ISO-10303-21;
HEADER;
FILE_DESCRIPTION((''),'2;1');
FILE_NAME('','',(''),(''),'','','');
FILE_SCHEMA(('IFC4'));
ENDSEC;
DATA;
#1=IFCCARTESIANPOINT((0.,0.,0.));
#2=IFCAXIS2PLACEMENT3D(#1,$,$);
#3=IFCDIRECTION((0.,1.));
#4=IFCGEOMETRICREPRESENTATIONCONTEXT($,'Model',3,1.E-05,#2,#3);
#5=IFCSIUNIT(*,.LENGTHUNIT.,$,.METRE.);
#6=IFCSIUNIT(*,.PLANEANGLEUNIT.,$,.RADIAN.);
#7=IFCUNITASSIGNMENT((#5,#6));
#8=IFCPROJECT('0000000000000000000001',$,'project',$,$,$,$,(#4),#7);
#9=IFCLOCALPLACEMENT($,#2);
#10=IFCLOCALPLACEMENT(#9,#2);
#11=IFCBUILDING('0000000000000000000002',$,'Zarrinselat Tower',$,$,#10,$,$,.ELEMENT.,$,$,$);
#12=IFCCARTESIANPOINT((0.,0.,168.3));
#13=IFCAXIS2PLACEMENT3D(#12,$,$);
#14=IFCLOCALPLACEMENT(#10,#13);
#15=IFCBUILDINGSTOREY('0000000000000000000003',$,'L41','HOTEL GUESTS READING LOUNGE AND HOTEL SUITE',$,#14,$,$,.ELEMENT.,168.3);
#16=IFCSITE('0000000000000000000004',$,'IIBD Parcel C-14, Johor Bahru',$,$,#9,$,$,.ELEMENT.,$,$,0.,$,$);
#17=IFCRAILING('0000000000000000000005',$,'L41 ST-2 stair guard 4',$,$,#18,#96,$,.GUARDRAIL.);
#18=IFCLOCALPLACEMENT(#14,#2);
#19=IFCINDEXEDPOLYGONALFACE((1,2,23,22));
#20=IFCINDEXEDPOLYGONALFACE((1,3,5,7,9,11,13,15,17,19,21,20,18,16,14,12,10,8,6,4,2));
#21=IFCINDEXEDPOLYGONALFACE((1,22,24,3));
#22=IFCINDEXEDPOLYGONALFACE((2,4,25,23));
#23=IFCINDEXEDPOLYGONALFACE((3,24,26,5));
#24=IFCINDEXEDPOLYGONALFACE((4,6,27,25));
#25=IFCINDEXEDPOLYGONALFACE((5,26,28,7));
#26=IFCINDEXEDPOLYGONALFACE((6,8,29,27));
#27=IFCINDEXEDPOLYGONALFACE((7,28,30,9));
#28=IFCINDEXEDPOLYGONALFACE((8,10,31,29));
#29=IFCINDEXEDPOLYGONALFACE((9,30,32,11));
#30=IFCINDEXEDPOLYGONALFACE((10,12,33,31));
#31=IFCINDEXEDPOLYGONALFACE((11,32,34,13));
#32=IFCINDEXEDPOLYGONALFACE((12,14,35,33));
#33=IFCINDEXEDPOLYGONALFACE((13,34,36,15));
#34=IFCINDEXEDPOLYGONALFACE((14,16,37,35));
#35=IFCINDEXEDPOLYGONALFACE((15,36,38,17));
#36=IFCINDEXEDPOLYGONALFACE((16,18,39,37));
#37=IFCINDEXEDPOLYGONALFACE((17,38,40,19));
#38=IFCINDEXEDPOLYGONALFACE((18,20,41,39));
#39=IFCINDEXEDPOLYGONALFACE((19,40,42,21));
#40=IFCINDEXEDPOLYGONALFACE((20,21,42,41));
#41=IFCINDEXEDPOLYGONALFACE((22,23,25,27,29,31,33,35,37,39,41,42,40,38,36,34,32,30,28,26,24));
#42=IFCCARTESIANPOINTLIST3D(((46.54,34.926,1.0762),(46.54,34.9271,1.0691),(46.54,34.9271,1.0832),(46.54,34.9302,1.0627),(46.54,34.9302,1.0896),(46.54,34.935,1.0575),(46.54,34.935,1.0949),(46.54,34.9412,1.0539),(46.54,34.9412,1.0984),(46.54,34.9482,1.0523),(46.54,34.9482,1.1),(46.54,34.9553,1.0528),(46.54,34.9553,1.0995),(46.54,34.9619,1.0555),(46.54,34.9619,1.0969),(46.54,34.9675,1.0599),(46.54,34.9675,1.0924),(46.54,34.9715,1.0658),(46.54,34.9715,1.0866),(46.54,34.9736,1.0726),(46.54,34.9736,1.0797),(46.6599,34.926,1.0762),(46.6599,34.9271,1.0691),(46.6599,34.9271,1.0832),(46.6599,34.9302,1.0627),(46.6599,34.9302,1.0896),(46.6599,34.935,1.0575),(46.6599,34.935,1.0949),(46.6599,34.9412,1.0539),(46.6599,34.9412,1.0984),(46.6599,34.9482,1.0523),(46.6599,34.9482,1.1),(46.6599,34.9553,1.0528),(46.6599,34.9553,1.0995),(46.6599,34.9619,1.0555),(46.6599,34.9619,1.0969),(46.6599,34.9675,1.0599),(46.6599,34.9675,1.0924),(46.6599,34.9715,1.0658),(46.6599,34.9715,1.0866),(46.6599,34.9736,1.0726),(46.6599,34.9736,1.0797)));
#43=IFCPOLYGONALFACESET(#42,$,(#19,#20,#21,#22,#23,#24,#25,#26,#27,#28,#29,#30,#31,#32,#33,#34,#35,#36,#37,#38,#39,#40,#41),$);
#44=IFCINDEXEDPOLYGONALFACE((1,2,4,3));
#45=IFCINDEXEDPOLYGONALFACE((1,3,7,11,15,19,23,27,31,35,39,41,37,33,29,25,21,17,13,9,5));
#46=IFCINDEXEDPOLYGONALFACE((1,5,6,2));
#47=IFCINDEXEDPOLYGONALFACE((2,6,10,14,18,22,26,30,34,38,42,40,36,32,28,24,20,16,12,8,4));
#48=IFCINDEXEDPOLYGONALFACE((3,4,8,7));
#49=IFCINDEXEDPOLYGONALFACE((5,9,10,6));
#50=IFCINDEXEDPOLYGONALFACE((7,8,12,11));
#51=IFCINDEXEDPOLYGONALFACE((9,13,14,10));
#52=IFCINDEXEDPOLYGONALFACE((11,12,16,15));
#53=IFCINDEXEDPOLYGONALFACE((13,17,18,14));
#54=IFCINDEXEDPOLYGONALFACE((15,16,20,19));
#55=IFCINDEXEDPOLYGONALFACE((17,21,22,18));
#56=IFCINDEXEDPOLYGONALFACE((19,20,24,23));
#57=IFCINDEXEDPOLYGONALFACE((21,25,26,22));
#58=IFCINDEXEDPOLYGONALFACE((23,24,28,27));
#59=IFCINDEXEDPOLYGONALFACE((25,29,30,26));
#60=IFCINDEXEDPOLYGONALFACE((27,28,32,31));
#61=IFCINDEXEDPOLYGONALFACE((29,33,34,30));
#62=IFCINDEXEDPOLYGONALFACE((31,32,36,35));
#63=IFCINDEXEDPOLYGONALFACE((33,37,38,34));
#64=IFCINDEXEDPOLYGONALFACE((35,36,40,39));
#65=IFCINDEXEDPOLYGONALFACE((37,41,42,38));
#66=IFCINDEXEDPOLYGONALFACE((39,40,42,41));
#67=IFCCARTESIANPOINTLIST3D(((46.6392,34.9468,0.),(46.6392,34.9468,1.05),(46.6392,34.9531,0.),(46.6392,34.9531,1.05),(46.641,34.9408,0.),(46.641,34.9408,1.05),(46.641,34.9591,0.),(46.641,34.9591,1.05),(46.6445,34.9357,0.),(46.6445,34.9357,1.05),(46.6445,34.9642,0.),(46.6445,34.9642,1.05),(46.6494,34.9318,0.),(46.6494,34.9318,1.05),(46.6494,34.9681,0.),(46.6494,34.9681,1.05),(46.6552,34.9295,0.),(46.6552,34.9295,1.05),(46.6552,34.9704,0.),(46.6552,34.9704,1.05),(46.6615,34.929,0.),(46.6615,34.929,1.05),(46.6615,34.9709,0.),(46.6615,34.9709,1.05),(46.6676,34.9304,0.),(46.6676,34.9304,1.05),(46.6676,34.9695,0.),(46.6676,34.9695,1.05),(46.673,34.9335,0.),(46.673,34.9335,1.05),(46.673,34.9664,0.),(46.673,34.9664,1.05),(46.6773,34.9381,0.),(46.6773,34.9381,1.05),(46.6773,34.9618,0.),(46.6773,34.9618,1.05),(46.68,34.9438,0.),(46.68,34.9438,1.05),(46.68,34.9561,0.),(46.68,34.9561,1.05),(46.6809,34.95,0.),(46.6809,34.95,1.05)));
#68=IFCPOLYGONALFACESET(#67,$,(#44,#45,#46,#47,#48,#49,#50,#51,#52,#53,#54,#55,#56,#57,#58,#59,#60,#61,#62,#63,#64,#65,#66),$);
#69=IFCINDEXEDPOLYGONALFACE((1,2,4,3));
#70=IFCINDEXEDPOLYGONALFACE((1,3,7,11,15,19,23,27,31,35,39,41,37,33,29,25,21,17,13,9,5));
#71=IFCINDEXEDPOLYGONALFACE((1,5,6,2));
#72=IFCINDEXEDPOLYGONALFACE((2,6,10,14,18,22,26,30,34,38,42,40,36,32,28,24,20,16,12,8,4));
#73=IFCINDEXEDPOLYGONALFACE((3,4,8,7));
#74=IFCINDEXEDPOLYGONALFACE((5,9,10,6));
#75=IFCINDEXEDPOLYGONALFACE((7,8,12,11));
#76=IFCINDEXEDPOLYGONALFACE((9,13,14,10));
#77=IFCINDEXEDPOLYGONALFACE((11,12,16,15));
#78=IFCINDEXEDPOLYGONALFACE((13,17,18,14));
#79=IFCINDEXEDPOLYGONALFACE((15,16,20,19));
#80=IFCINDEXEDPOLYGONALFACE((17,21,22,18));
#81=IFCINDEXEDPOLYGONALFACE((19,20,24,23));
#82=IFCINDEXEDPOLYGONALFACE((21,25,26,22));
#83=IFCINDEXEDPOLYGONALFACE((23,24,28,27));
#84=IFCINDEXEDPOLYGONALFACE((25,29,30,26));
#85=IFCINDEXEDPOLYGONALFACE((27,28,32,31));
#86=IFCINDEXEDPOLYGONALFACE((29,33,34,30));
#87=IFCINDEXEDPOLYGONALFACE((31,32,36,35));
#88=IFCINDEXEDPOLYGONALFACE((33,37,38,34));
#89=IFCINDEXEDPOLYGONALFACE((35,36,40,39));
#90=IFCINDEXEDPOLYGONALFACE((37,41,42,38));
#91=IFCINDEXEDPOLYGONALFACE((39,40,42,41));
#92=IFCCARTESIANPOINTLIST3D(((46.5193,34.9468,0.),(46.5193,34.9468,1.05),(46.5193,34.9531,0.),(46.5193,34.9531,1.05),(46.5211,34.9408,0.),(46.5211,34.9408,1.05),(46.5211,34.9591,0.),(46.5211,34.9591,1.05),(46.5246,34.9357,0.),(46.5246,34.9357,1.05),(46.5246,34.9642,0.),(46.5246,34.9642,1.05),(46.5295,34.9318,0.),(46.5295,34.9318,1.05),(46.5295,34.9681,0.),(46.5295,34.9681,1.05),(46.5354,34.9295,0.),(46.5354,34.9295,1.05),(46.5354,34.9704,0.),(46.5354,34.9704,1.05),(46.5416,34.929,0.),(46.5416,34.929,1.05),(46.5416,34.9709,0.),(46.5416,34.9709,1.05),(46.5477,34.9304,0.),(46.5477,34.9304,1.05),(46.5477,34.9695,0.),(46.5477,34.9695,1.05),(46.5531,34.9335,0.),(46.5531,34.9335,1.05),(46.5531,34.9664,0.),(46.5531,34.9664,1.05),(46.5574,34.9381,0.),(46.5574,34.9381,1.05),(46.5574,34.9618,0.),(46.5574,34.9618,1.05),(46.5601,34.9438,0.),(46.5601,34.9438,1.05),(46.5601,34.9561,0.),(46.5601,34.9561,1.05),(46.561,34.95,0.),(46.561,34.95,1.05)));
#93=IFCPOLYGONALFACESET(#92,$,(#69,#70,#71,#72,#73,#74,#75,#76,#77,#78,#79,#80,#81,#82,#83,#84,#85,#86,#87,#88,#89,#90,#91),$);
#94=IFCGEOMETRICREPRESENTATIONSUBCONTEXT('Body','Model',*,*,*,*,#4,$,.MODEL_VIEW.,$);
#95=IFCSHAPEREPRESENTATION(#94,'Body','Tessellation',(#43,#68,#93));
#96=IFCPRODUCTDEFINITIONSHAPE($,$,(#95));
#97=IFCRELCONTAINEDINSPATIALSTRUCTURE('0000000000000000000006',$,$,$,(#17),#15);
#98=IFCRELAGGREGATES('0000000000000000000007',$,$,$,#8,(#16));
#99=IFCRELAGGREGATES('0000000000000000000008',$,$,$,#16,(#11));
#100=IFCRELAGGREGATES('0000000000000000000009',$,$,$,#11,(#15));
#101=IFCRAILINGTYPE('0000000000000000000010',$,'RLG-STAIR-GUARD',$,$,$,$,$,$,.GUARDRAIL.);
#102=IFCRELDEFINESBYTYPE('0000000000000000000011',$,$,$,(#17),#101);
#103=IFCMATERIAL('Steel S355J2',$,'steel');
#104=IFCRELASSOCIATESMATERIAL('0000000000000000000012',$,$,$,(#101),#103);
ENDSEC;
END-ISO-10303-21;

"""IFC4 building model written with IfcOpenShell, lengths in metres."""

from ifc_helpers import new_model, si_unit, direction, frame, origin, origin_2d, place, context, subcontext, project, spatial, circle, extrude, material, type_object, element, save


model = new_model("IFC4")

# Units and contexts
model_context = context("Model", 3, precision=1e-05, world=origin(), true_north=direction((0.0, 1.0)))
body_context = subcontext(model_context, "Body", "Model", "MODEL_VIEW")
ifc_project = project(units=[si_unit("LENGTHUNIT", "METRE"), si_unit("PLANEANGLEUNIT", "RADIAN")], contexts=[model_context])

# Site, building, storey
site_placement = place(None, origin())
site = spatial("IfcSite", under=ifc_project, at=site_placement, Name="IIBD Parcel C-14, Johor Bahru", CompositionType="ELEMENT", RefElevation=0.0)
building_placement = place(site_placement, origin())
building = spatial("IfcBuilding", under=site, at=building_placement, Name="Zarrinselat Tower", CompositionType="ELEMENT")
storey_placement = place(building_placement, frame((0.0, 0.0, 168.3)))
storey = spatial("IfcBuildingStorey", under=building, at=storey_placement, Name="L41", Description="HOTEL GUESTS READING LOUNGE AND HOTEL SUITE", CompositionType="ELEMENT", Elevation=168.3)

# Railing
ifc_material_1 = material(Name="Steel S355J2", Category="steel")
railing_type_1 = type_object("IfcRailingType", Name="RLG-STAIR-GUARD", PredefinedType="GUARDRAIL", material=ifc_material_1)
railing_1_placement = place(storey_placement, frame((46.6599, 34.95, 0.0)))
element("IfcRailing", 1, at=railing_1_placement, inside=storey, type_object=railing_type_1, Name="L41 ST-2 stair guard 4", PredefinedType="GUARDRAIL", context=body_context, shape_type="SweptSolid", body=[
    extrude(circle(Radius=0.0239, at=origin_2d()), frame((0.0, 0.0, 1.0762), z_axis=(-1.0, 0.0, 0.0), x_axis=(0.0, -1.0, 0.0)), (0.0, 0.0, 1.0), 0.1199),
    extrude(circle(Radius=0.021, at=origin_2d()), origin(), (0.0, 0.0, 1.0), 1.05),
    extrude(circle(Radius=0.021, at=origin_2d()), frame((-0.1199, 0.0, 0.0)), (0.0, 0.0, 1.0), 1.05),
])

save(model, "model.ifc")
